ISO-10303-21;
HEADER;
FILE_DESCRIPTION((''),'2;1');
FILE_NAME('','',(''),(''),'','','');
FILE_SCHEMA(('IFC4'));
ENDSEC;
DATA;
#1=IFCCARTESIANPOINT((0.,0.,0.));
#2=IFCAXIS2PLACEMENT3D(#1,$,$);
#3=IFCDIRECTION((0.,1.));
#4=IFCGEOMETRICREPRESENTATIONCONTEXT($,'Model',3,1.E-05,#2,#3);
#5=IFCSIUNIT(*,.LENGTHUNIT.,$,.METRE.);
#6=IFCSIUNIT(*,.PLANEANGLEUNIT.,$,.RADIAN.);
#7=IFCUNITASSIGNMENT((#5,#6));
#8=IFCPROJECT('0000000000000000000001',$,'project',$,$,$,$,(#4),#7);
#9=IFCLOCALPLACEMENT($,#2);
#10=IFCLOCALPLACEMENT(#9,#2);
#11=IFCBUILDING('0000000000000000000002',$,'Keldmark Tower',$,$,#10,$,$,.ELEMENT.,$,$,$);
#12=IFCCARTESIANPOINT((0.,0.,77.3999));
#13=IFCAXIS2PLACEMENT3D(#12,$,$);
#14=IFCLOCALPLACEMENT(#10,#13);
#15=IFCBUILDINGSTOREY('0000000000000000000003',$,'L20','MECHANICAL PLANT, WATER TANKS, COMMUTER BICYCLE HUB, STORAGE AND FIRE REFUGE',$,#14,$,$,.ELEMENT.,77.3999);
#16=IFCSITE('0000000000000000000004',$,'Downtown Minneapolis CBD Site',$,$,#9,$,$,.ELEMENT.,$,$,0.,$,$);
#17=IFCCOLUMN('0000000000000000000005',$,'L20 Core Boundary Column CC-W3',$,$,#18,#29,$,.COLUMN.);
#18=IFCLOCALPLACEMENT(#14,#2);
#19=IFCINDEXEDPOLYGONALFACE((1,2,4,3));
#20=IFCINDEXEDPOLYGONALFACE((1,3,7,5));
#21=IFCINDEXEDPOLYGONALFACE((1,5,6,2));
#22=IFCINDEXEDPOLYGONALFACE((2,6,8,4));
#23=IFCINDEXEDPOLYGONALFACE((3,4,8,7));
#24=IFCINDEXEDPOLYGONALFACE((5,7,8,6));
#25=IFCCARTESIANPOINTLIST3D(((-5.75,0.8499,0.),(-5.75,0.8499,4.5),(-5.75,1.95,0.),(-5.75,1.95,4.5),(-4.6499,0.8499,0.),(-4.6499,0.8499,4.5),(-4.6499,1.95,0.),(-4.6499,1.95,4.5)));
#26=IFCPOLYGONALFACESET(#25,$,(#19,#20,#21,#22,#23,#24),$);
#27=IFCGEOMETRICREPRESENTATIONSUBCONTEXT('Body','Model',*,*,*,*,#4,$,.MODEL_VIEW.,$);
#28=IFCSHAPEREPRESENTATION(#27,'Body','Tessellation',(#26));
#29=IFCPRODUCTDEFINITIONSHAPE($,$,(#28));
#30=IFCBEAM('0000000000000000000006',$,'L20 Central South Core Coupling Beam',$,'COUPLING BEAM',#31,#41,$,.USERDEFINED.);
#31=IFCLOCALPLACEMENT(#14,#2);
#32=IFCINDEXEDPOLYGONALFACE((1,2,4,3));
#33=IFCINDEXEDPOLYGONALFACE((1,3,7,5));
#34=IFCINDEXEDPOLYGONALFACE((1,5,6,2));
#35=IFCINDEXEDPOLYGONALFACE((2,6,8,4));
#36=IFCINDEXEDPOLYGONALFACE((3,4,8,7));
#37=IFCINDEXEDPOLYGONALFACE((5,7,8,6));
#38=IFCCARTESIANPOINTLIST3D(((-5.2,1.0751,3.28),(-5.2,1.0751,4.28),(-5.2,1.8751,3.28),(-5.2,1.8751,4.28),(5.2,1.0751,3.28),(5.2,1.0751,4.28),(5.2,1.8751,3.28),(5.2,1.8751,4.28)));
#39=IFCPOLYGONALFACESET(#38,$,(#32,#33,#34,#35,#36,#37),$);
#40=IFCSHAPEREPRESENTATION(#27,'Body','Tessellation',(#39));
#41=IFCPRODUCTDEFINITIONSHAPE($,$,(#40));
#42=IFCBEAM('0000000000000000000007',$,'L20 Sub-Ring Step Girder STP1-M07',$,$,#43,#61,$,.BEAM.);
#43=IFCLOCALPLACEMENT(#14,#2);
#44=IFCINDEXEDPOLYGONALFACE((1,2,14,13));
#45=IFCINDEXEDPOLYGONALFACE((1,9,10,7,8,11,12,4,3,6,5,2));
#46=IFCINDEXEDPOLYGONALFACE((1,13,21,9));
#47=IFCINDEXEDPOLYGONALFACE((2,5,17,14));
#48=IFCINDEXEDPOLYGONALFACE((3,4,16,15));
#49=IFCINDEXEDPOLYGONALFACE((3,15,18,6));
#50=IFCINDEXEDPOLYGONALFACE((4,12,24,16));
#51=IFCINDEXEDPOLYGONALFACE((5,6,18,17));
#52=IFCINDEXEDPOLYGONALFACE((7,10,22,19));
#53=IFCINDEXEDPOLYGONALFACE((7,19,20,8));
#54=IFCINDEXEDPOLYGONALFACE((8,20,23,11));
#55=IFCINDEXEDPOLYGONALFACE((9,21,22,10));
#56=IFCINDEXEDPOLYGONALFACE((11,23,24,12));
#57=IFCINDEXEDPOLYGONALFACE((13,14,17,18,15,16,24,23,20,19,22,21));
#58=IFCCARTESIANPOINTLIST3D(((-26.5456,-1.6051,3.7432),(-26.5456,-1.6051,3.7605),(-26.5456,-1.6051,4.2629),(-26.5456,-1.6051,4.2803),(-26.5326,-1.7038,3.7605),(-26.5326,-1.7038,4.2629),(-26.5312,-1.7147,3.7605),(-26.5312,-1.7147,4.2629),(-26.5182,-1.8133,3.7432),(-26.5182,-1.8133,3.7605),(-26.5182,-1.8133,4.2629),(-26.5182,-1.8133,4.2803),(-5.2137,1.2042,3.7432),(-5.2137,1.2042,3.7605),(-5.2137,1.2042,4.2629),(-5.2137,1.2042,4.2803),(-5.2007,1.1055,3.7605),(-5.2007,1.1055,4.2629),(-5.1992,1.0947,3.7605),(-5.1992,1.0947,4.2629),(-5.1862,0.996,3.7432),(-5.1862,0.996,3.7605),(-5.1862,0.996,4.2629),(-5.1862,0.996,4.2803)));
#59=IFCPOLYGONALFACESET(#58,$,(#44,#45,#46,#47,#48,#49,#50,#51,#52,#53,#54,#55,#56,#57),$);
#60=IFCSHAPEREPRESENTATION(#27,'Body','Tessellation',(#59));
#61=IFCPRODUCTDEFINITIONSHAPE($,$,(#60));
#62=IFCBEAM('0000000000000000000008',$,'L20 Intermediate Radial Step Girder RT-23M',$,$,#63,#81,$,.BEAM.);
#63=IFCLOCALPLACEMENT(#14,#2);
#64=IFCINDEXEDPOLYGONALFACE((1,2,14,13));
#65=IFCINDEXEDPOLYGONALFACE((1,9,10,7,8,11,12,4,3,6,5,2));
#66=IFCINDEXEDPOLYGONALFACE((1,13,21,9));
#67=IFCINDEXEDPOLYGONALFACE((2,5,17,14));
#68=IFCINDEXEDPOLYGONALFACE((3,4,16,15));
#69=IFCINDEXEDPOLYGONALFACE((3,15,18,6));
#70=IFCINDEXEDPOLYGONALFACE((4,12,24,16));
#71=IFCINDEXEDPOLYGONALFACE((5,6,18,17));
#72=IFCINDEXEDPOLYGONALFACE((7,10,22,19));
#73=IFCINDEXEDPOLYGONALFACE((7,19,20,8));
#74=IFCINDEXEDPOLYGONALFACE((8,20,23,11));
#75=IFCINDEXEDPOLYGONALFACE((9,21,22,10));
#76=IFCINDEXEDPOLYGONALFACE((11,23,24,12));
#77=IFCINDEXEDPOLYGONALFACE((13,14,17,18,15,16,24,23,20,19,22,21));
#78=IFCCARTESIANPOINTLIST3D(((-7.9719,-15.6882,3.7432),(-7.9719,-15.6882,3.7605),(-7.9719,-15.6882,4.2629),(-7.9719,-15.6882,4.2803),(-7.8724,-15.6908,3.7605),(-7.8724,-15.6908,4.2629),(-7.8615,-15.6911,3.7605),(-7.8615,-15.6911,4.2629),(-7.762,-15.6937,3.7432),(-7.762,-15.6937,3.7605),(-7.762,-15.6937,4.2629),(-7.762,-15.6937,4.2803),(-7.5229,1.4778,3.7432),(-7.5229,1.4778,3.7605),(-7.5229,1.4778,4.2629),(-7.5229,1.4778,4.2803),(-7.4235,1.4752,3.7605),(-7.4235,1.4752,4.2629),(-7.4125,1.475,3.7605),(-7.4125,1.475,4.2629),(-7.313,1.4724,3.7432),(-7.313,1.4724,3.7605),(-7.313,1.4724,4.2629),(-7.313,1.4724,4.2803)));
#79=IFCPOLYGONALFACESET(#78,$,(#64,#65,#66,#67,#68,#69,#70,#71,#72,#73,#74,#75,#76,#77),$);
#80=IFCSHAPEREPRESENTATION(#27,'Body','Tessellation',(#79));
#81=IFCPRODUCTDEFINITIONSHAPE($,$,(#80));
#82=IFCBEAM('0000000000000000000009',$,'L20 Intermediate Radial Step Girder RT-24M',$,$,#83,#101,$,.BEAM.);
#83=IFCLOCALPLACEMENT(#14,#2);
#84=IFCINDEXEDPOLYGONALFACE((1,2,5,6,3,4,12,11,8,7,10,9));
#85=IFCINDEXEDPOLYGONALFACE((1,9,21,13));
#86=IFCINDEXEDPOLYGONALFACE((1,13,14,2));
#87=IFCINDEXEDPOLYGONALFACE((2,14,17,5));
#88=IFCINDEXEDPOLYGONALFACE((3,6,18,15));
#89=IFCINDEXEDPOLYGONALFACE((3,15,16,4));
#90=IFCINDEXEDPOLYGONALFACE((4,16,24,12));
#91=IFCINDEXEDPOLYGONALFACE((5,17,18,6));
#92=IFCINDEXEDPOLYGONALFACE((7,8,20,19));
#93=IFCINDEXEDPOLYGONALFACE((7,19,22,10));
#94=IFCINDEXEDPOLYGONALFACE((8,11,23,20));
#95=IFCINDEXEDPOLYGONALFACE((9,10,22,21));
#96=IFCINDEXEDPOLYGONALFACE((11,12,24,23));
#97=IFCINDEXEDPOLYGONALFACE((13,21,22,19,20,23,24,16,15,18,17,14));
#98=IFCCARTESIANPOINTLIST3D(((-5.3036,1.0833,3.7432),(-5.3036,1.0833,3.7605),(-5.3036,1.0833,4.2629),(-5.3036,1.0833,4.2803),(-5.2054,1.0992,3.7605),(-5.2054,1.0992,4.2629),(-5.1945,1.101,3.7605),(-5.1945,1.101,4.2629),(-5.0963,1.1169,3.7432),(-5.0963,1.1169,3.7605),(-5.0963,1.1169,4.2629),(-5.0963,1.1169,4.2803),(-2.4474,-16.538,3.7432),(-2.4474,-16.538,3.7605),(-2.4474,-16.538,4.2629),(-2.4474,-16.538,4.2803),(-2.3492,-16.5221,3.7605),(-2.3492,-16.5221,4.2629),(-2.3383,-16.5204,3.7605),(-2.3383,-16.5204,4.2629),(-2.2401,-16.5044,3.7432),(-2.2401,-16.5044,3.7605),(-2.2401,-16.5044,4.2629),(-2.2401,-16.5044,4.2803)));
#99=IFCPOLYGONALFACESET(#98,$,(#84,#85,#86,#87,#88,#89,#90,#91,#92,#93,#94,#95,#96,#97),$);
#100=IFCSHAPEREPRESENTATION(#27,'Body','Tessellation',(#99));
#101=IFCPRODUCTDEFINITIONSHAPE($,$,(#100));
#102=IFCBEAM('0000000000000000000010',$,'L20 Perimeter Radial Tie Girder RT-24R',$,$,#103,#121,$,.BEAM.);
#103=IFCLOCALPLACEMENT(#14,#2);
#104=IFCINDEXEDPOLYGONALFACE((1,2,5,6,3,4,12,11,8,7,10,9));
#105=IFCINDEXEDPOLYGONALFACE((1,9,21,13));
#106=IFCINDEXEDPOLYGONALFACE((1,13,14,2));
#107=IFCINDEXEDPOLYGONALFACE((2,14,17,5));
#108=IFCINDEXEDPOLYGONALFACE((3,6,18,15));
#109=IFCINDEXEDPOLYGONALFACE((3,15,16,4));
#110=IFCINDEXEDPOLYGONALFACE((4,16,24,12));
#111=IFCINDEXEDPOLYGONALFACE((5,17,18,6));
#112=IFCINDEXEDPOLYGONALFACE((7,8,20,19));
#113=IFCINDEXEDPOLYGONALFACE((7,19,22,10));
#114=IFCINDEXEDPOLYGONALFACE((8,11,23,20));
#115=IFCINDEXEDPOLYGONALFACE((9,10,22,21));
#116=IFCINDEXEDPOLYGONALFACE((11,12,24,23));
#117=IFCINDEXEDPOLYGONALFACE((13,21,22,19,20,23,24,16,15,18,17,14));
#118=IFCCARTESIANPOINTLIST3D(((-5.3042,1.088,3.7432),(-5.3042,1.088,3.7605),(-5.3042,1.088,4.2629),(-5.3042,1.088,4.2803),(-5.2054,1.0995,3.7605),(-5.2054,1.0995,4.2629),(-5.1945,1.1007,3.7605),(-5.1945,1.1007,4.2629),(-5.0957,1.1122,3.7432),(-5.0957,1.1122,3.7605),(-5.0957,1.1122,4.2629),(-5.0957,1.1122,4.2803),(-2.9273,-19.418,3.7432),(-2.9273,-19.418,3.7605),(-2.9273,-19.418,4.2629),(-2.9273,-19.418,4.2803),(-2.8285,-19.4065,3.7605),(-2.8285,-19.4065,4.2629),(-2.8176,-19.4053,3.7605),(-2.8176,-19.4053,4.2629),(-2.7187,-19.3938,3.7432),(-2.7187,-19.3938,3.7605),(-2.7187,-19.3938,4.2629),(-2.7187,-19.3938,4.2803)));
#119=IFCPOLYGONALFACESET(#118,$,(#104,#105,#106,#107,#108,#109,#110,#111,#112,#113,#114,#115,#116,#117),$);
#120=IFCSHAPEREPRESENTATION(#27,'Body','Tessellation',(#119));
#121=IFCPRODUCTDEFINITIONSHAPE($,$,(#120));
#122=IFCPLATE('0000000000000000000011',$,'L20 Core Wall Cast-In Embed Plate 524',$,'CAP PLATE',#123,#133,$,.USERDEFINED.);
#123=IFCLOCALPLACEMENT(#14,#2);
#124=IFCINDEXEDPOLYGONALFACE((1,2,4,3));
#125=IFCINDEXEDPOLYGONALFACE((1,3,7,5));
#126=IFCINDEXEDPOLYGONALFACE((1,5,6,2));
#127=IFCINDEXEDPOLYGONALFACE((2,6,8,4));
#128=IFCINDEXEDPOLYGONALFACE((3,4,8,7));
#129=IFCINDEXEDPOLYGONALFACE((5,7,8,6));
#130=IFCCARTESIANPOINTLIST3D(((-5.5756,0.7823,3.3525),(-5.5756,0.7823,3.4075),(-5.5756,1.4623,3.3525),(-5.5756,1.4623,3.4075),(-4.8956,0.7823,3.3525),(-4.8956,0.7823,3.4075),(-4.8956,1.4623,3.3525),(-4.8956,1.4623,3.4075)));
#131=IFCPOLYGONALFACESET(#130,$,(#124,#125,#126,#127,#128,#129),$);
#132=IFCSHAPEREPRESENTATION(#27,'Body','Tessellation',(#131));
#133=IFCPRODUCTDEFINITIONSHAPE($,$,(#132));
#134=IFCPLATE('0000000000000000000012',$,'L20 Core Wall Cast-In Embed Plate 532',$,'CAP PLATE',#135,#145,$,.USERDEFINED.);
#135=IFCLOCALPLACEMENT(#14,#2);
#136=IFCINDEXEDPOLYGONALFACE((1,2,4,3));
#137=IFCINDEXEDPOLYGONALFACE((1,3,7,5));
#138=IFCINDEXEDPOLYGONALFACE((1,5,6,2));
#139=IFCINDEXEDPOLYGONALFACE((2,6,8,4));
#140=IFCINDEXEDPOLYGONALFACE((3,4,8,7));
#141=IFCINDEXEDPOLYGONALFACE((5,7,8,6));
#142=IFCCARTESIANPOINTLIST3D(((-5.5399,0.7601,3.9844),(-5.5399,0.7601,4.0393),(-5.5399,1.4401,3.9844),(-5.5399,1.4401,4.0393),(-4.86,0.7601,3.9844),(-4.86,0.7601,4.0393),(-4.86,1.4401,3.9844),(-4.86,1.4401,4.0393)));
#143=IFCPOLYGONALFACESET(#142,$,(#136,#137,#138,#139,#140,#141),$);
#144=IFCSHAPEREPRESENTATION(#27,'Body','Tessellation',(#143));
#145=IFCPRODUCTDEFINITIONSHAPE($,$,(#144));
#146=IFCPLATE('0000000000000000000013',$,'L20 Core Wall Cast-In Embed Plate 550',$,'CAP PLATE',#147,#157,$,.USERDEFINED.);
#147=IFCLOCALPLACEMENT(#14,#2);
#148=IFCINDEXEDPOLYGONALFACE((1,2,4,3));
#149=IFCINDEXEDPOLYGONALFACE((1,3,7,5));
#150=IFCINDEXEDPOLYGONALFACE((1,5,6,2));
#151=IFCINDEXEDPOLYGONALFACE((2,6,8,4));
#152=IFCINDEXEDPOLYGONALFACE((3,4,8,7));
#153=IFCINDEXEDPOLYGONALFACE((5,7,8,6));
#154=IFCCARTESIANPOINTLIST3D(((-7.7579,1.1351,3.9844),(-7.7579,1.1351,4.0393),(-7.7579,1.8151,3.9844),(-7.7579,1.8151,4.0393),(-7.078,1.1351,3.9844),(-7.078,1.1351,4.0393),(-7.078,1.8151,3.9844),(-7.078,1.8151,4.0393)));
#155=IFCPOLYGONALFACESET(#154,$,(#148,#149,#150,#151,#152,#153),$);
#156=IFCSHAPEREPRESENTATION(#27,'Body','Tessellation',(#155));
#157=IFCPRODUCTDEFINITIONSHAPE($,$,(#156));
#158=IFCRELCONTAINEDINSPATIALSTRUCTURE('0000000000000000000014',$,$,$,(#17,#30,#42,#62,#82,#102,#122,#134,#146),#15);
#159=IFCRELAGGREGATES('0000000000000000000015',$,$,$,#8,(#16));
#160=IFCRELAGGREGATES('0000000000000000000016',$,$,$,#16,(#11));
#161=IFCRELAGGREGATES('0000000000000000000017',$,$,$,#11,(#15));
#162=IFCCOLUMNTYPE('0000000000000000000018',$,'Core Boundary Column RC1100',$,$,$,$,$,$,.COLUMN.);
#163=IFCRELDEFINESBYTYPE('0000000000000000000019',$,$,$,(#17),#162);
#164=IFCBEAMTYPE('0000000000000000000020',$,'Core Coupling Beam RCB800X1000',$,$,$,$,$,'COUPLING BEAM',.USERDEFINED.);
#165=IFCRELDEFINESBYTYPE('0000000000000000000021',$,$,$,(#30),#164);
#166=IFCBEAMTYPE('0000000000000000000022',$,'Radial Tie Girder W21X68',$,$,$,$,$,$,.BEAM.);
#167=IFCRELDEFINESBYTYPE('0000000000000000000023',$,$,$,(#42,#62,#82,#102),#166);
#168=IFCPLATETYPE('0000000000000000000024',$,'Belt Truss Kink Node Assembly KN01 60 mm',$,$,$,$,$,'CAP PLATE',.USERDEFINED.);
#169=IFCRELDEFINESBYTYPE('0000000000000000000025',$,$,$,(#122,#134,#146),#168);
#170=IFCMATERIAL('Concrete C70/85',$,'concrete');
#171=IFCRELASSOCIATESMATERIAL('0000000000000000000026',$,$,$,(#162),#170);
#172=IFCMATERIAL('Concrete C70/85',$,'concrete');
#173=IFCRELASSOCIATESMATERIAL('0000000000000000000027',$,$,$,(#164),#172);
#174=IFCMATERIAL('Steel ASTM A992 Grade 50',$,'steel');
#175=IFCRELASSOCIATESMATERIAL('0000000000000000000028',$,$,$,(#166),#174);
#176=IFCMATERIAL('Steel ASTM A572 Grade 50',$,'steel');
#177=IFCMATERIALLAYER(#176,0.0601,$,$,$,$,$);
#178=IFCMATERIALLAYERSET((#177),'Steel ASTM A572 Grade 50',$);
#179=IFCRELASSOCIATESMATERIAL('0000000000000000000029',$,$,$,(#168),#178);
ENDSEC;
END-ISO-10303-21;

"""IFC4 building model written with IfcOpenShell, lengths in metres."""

from ifc_helpers import new_model, si_unit, direction, frame, origin, origin_2d, place, context, subcontext, project, spatial, rectangle, i_section, extrude, material, layer, layer_set, material_profile, profile_set, type_object, element, save


model = new_model("IFC4")

# Units and contexts
model_context = context("Model", 3, precision=1e-05, world=origin(), true_north=direction((0.0, 1.0)))
body_context = subcontext(model_context, "Body", "Model", "MODEL_VIEW")
ifc_project = project(units=[si_unit("LENGTHUNIT", "METRE"), si_unit("PLANEANGLEUNIT", "RADIAN")], contexts=[model_context])

# Site, building, storey
site_placement = place(None, origin())
site = spatial("IfcSite", under=ifc_project, at=site_placement, Name="Downtown Minneapolis CBD Site", CompositionType="ELEMENT", RefElevation=0.0)
building_placement = place(site_placement, origin())
building = spatial("IfcBuilding", under=site, at=building_placement, Name="Keldmark Tower", CompositionType="ELEMENT")
storey_placement = place(building_placement, frame((0.0, 0.0, 77.3999)))
storey = spatial("IfcBuildingStorey", under=building, at=storey_placement, Name="L20", Description="MECHANICAL PLANT, WATER TANKS, COMMUTER BICYCLE HUB, STORAGE AND FIRE REFUGE", CompositionType="ELEMENT", Elevation=77.3999)

# Column
ifc_material_1 = material(Name="Concrete C70/85", Category="concrete")
ifc_material_profile_1 = material_profile(ifc_material_1, rectangle(XDim=1.1001, YDim=1.1001, at=origin_2d()), Name="RC1100X1100")
ifc_profile_set_1 = profile_set([ifc_material_profile_1], Name="Concrete C70/85")
column_type = type_object("IfcColumnType", Name="Core Boundary Column RC1100", PredefinedType="COLUMN", material=ifc_profile_set_1)
column_placement = place(storey_placement, frame((-5.2, 1.3999, 0.0), z_axis=(0.0, 0.0, 1.0), x_axis=(1.0, 0.0, 0.0)))
element("IfcColumn", 1, at=column_placement, inside=storey, type_object=column_type, Name="L20 Core Boundary Column CC-W3", PredefinedType="COLUMN", context=body_context, shape_type="SweptSolid", body=[
    extrude(rectangle(XDim=1.1001, YDim=1.1001, at=origin_2d()), origin(), (0.0, 0.0, 1.0), 4.5),
])

# Beams
ifc_material_2 = material(Name="Concrete C70/85", Category="concrete")
ifc_material_profile_2 = material_profile(ifc_material_2, rectangle(XDim=0.8, YDim=1.0, at=origin_2d()), Name="RCB800X1000")
ifc_profile_set_2 = profile_set([ifc_material_profile_2], Name="Concrete C70/85")
beam_type_1 = type_object("IfcBeamType", Name="Core Coupling Beam RCB800X1000", ElementType="COUPLING BEAM", PredefinedType="USERDEFINED", material=ifc_profile_set_2)
beam_1_placement = place(storey_placement, frame((-5.2, 1.4751, 3.78), z_axis=(1.0, 0.0, 0.0), x_axis=(0.0, 1.0, 0.0)))
element("IfcBeam", 2, at=beam_1_placement, inside=storey, type_object=beam_type_1, Name="L20 Central South Core Coupling Beam", ObjectType="COUPLING BEAM", PredefinedType="USERDEFINED", context=body_context, shape_type="SweptSolid", body=[
    extrude(rectangle(XDim=0.8, YDim=1.0, at=origin_2d()), origin(), (0.0, 0.0, 1.0), 10.3999),
])
ifc_material_3 = material(Name="Steel ASTM A992 Grade 50", Category="steel")
ifc_material_profile_3 = material_profile(ifc_material_3, i_section(OverallWidth=0.21, OverallDepth=0.5371, WebThickness=0.011, FlangeThickness=0.0173, at=origin_2d()), Name="W21X68")
ifc_profile_set_3 = profile_set([ifc_material_profile_3], Name="Steel ASTM A992 Grade 50")
beam_type_2 = type_object("IfcBeamType", Name="Radial Tie Girder W21X68", PredefinedType="BEAM", material=ifc_profile_set_3)
beam_2_placement = place(storey_placement, frame((-5.2, 1.1001, 4.0117), z_axis=(-0.991439, -0.130568, 0.0), x_axis=(0.130568, -0.991439, 0.0)))
element("IfcBeam", 3, at=beam_2_placement, inside=storey, type_object=beam_type_2, Name="L20 Sub-Ring Step Girder STP1-M07", PredefinedType="BEAM", context=body_context, shape_type="SweptSolid", body=[
    extrude(i_section(OverallWidth=0.21, OverallDepth=0.5371, WebThickness=0.011, FlangeThickness=0.0173, at=origin_2d()), origin(), (0.0, 0.0, 1.0), 21.5161),
])
beam_3_placement = place(storey_placement, frame((-7.418, 1.4751, 4.0117), z_axis=(-0.026146, -0.999658, 0.0), x_axis=(0.999658, -0.026146, 0.0)))
element("IfcBeam", 4, at=beam_3_placement, inside=storey, type_object=beam_type_2, Name="L20 Intermediate Radial Step Girder RT-23M", PredefinedType="BEAM", context=body_context, shape_type="SweptSolid", body=[
    extrude(i_section(OverallWidth=0.21, OverallDepth=0.5371, WebThickness=0.011, FlangeThickness=0.0173, at=origin_2d()), origin(), (0.0, 0.0, 1.0), 17.1719),
])
beam_4_placement = place(storey_placement, frame((-5.2, 1.1001, 4.0117), z_axis=(0.159999, -0.987117, 0.0), x_axis=(0.987117, 0.159999, 0.0)))
element("IfcBeam", 5, at=beam_4_placement, inside=storey, type_object=beam_type_2, Name="L20 Intermediate Radial Step Girder RT-24M", PredefinedType="BEAM", context=body_context, shape_type="SweptSolid", body=[
    extrude(i_section(OverallWidth=0.21, OverallDepth=0.5371, WebThickness=0.011, FlangeThickness=0.0173, at=origin_2d()), origin(), (0.0, 0.0, 1.0), 17.8513),
])
beam_5_placement = place(storey_placement, frame((-5.2, 1.1001, 4.0117), z_axis=(0.115143, -0.993349, 0.0), x_axis=(0.993349, 0.115143, 0.0)))
element("IfcBeam", 6, at=beam_5_placement, inside=storey, type_object=beam_type_2, Name="L20 Perimeter Radial Tie Girder RT-24R", PredefinedType="BEAM", context=body_context, shape_type="SweptSolid", body=[
    extrude(i_section(OverallWidth=0.21, OverallDepth=0.5371, WebThickness=0.011, FlangeThickness=0.0173, at=origin_2d()), origin(), (0.0, 0.0, 1.0), 20.6433),
])

# Plates
ifc_material_4 = material(Name="Steel ASTM A572 Grade 50", Category="steel")
ifc_layer_1 = layer(ifc_material_4, 0.0601)
ifc_layer_set_1 = layer_set([ifc_layer_1], Name="Steel ASTM A572 Grade 50")
plate_type = type_object("IfcPlateType", Name="Belt Truss Kink Node Assembly KN01 60 mm", ElementType="CAP PLATE", PredefinedType="USERDEFINED", material=ifc_layer_set_1)
for number, where, z_axis, x_axis, name in (
    (7, (-5.2356, 1.1223, 3.3525), (0.0, 0.0, 1.0), (1.0, 0.0, 0.0), "L20 Core Wall Cast-In Embed Plate 524"),
    (8, (-5.2, 1.1001, 3.9844), (0.0, 0.0, 1.0), (1.0, 0.0, 0.0), "L20 Core Wall Cast-In Embed Plate 532"),
    (9, (-7.418, 1.4751, 3.9844), (0.0, 0.0, 1.0), (1.0, 0.0, 0.0), "L20 Core Wall Cast-In Embed Plate 550"),
):
    element("IfcPlate", number, at=place(storey_placement, frame(where, z_axis=z_axis, x_axis=x_axis)), inside=storey, type_object=plate_type, Name=name, ObjectType="CAP PLATE", PredefinedType="USERDEFINED", context=body_context, shape_type="SweptSolid", body=[
        extrude(rectangle(XDim=0.6799, YDim=0.6799, at=origin_2d()), origin(), (0.0, 0.0, 1.0), 0.0549),
    ])

save(model, "model.ifc")
